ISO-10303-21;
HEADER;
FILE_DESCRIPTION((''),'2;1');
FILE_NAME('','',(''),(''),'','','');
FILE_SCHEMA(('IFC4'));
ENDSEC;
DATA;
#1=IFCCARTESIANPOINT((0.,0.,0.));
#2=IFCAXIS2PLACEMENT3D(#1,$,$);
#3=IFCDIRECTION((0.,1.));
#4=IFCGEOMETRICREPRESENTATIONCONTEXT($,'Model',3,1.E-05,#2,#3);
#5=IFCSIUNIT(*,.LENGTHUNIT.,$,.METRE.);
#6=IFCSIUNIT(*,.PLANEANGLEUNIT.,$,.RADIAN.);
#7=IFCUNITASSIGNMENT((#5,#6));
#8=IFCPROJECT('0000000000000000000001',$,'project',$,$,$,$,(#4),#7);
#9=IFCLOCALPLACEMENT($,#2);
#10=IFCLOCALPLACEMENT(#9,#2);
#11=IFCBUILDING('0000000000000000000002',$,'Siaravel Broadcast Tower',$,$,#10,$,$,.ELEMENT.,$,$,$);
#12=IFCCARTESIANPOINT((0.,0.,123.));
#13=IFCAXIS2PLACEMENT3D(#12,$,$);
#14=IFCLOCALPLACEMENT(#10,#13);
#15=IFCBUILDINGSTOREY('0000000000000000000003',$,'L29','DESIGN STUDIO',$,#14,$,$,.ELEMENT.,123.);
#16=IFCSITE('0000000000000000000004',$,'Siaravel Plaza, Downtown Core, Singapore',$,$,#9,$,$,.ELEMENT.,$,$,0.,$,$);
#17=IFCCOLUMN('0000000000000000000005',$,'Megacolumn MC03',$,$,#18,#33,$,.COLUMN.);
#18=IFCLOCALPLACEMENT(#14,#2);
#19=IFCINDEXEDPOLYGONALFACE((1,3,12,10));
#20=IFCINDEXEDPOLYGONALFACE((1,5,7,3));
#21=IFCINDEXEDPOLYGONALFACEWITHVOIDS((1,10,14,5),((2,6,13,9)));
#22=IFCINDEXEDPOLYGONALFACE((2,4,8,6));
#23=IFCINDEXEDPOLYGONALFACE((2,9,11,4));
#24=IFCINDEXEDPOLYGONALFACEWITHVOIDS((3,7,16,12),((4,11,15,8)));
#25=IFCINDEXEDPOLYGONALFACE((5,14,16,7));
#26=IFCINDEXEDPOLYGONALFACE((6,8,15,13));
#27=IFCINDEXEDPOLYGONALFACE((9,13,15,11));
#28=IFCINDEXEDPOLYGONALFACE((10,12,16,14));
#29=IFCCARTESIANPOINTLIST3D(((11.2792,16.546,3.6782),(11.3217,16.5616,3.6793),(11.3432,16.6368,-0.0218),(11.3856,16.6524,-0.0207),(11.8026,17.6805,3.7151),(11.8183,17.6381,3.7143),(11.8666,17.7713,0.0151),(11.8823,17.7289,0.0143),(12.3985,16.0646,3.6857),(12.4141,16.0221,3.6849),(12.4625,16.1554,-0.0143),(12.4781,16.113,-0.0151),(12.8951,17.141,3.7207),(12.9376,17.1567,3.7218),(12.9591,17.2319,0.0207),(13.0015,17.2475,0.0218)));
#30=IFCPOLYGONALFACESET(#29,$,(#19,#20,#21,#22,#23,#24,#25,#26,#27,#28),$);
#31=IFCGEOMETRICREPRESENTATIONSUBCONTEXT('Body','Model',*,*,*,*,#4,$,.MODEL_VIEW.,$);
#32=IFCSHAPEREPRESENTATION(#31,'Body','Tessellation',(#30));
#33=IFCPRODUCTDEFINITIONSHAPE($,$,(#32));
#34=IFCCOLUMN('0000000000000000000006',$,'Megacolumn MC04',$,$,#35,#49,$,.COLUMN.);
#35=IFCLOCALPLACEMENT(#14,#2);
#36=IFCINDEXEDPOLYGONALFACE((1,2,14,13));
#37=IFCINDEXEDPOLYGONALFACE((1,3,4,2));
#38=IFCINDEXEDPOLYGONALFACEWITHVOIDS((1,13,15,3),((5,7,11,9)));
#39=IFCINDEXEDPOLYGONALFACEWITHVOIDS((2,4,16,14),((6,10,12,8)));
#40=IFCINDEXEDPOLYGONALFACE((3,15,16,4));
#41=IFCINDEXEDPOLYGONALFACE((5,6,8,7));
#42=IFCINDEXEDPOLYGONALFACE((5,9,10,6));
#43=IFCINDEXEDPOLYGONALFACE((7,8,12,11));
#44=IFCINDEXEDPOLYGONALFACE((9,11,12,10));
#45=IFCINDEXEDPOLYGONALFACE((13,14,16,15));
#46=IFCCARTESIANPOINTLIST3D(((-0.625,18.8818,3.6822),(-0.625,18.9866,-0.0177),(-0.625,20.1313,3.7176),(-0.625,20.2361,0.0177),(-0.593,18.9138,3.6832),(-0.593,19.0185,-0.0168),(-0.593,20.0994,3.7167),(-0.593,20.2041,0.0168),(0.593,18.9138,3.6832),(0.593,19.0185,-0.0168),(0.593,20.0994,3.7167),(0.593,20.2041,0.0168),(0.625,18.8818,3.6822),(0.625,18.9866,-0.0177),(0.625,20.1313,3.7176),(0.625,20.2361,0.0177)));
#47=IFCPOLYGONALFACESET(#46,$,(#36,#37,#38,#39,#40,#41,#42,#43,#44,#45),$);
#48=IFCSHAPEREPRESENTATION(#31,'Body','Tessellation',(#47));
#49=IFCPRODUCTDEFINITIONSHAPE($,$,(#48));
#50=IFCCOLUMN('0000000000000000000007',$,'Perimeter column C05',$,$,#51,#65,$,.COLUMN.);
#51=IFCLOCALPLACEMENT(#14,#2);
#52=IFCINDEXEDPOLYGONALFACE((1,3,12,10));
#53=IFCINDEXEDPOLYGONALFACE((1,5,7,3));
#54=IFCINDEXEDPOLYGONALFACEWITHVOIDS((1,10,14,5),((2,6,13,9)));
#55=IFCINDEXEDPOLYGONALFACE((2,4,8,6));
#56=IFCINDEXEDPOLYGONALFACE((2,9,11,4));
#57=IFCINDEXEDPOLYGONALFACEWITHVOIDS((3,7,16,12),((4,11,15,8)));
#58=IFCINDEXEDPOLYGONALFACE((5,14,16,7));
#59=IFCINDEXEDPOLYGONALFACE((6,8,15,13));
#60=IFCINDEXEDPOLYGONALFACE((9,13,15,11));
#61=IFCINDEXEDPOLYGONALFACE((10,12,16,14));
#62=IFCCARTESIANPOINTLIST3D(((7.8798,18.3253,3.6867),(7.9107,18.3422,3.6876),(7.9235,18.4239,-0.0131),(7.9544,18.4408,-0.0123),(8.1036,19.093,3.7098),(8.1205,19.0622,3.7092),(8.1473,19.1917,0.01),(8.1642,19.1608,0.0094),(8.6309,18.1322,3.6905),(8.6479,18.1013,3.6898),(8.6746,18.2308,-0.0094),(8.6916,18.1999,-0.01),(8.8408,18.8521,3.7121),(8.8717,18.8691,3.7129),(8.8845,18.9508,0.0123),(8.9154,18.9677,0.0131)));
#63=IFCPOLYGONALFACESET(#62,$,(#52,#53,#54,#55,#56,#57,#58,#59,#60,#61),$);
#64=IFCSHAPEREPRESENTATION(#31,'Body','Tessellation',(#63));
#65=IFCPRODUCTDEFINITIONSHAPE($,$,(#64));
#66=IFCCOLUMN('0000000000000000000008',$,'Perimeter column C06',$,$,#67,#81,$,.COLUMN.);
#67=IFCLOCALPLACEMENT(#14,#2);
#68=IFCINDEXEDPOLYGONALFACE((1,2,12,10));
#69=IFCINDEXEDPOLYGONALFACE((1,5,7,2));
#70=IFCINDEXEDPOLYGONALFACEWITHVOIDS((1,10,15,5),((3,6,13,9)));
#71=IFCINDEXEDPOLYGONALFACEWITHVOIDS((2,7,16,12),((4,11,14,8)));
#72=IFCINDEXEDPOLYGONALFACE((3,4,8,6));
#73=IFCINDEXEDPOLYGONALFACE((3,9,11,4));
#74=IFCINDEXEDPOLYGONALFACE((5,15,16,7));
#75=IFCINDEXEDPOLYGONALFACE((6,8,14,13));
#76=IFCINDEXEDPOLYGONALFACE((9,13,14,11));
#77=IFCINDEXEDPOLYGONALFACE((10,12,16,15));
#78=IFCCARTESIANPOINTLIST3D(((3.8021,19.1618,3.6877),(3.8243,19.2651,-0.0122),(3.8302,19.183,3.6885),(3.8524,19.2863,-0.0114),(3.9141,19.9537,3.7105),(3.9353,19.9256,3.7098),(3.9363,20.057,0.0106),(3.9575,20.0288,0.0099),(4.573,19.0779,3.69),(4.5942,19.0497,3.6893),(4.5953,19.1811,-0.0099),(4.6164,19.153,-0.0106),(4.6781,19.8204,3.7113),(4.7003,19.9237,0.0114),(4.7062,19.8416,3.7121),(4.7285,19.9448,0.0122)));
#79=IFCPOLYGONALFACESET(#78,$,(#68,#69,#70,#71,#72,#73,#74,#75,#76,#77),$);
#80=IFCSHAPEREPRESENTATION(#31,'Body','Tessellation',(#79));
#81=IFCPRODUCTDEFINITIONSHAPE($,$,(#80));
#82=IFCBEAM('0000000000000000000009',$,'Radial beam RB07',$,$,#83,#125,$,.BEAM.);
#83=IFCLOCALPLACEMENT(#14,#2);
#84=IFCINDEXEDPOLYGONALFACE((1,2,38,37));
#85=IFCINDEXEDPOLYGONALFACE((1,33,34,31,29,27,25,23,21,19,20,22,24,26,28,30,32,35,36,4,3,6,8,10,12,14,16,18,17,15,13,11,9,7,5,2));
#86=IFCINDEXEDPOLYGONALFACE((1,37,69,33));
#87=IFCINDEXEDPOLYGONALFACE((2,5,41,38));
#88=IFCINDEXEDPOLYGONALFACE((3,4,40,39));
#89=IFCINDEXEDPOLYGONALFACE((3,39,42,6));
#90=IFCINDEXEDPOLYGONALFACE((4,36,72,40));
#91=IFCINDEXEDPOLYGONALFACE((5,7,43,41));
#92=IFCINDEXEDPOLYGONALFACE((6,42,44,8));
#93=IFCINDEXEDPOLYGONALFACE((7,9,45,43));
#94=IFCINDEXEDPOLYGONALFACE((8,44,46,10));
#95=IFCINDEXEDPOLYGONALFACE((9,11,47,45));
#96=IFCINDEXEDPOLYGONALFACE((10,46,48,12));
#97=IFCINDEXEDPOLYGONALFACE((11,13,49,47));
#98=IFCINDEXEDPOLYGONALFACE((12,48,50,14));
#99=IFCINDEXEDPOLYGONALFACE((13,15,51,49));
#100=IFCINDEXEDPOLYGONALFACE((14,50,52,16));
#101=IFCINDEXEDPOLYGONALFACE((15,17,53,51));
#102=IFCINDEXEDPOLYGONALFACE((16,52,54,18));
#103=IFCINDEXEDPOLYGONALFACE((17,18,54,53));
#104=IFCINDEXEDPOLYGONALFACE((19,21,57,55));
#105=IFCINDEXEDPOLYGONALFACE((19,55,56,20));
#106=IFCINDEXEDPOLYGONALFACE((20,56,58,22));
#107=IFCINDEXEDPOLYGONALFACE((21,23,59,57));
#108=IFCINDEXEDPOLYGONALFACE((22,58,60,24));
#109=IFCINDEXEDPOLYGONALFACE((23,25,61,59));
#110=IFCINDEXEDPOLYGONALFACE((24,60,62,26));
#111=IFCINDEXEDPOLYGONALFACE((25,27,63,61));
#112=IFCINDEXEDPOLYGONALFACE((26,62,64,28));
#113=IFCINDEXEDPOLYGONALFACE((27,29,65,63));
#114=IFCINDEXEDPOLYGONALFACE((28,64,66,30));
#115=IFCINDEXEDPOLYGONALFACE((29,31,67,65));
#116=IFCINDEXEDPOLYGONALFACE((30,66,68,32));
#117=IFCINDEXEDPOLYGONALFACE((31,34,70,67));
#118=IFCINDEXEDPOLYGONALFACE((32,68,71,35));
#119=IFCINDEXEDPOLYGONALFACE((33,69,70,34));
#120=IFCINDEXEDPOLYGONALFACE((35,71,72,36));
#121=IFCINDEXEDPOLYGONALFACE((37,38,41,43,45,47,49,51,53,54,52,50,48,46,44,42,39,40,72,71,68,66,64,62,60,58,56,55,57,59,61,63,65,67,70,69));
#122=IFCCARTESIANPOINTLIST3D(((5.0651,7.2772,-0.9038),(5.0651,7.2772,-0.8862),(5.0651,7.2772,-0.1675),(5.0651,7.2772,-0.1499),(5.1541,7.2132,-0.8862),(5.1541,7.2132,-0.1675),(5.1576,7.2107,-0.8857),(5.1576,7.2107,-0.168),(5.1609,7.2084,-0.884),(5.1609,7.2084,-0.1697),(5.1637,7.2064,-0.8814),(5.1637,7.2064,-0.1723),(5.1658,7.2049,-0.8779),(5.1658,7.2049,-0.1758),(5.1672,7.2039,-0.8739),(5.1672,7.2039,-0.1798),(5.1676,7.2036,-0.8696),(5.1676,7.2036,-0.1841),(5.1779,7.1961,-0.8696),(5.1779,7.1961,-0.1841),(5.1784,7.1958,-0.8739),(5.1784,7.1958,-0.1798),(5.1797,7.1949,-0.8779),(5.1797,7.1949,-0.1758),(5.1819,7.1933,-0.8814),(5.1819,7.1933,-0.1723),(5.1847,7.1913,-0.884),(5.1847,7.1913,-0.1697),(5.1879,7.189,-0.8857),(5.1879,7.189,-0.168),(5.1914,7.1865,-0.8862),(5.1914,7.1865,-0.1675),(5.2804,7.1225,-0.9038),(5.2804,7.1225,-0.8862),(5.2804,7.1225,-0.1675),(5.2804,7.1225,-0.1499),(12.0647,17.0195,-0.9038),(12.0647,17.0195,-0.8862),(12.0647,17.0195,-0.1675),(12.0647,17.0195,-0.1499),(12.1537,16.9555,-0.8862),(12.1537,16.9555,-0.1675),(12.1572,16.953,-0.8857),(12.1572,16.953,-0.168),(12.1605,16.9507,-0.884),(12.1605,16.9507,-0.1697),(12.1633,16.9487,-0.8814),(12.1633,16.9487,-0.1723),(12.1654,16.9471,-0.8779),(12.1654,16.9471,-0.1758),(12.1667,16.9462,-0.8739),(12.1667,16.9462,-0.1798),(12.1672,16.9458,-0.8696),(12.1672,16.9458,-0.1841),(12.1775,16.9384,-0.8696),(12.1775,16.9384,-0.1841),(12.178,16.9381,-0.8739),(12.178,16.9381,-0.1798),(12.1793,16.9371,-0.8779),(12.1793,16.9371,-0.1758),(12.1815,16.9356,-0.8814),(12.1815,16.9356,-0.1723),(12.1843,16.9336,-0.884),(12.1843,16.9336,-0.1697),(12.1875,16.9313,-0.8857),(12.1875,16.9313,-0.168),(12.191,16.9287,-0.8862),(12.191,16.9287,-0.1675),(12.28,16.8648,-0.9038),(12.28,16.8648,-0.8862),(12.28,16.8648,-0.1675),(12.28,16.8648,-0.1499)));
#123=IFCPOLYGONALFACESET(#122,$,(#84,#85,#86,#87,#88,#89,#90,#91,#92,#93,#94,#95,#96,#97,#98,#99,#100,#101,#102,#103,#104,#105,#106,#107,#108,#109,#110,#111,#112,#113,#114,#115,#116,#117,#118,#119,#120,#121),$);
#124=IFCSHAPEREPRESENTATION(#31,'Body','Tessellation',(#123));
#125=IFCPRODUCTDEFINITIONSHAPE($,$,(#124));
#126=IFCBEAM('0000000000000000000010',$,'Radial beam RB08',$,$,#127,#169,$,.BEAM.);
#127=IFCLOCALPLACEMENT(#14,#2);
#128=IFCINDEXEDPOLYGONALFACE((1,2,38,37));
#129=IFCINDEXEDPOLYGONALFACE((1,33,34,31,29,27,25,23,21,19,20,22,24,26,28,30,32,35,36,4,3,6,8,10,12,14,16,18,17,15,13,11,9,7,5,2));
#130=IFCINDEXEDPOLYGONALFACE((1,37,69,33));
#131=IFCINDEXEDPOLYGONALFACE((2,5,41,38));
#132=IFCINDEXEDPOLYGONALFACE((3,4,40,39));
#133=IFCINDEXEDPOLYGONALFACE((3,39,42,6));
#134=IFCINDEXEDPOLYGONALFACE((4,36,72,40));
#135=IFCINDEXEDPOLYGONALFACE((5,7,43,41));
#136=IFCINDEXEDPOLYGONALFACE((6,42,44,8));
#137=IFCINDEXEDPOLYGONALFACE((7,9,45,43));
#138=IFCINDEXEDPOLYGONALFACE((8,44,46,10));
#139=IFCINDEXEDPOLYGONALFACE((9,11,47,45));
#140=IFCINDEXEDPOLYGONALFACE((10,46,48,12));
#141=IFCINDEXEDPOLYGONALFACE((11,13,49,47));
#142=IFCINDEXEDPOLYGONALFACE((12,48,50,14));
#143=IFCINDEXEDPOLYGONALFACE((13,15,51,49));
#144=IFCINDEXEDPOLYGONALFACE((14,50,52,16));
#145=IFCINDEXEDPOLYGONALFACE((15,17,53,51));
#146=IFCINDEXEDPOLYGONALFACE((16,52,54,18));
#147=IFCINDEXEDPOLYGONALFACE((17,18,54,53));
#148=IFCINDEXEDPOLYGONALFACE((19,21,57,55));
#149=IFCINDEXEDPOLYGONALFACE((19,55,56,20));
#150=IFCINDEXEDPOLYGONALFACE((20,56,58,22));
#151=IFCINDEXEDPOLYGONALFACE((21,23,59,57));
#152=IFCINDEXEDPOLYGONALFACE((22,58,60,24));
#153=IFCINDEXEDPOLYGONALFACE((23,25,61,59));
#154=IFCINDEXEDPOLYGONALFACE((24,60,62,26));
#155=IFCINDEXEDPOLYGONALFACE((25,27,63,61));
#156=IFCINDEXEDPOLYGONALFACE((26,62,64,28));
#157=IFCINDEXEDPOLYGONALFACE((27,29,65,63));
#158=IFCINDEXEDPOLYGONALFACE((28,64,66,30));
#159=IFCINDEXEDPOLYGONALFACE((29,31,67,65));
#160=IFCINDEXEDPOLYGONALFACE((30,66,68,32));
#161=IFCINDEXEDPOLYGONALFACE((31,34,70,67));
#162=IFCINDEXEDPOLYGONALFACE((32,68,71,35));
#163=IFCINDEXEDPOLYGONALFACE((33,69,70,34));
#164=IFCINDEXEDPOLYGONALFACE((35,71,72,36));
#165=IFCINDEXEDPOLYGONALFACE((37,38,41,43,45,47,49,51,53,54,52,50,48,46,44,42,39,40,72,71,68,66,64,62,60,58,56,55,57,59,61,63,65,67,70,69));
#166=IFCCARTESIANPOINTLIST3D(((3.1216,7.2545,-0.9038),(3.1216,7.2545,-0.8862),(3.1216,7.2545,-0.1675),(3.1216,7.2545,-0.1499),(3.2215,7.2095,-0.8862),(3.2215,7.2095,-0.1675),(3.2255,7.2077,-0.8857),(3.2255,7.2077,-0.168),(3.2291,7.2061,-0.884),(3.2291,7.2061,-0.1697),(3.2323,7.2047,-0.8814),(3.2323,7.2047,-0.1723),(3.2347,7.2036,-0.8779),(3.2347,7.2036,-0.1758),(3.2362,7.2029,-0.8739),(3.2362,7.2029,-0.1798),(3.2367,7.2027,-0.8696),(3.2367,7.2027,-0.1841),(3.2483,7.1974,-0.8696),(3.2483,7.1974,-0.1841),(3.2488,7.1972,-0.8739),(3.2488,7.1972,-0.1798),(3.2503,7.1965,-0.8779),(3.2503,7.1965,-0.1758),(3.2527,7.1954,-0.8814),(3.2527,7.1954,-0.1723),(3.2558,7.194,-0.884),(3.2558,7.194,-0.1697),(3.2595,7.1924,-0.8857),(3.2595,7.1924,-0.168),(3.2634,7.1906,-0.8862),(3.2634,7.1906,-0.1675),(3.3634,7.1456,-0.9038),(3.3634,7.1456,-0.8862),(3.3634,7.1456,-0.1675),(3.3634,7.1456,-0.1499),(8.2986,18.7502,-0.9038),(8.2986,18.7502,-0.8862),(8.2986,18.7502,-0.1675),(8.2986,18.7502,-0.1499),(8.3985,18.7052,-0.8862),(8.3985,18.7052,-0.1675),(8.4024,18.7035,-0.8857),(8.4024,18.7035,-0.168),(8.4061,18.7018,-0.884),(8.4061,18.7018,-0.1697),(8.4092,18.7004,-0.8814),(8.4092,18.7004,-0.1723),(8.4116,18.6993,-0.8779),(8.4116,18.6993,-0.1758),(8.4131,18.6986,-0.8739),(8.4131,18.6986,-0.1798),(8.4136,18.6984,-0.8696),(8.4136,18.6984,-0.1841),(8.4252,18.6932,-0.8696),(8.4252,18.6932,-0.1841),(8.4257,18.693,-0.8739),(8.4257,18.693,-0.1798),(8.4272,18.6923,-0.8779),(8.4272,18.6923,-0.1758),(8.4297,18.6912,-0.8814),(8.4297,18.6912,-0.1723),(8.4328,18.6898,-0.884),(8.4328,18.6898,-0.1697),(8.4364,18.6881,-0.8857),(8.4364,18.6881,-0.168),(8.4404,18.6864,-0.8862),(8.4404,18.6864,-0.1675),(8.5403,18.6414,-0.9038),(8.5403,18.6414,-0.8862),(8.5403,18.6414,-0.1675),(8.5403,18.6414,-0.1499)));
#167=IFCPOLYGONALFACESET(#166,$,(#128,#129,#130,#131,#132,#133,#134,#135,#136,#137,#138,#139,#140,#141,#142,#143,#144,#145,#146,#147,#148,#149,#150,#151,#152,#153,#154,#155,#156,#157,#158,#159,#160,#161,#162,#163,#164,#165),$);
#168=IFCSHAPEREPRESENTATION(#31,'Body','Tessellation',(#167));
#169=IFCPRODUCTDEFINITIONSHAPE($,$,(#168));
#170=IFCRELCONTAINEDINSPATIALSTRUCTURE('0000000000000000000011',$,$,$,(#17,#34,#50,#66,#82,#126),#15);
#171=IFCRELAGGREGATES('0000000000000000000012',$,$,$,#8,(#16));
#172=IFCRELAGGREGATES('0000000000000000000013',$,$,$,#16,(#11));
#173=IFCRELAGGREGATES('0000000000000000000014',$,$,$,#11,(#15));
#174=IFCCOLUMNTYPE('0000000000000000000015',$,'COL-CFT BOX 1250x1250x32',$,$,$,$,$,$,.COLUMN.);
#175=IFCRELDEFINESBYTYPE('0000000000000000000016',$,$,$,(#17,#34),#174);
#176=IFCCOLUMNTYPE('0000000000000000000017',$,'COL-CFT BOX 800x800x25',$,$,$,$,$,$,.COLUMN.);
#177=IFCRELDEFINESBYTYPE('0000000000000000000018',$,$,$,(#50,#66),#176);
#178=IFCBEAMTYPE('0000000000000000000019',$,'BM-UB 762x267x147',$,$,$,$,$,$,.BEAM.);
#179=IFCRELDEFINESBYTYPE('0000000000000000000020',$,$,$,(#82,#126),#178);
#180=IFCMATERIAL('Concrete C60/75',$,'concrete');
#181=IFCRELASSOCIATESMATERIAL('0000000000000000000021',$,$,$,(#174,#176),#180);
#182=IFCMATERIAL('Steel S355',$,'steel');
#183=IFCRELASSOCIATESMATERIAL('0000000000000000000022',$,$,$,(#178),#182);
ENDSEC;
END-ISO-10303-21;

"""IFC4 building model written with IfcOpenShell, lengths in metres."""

from ifc_helpers import new_model, si_unit, direction, frame, origin, origin_2d, place, context, subcontext, project, spatial, hollow_rectangle, i_section, extrude, material, material_profile, profile_set, type_object, element, save


model = new_model("IFC4")

# Units and contexts
model_context = context("Model", 3, precision=1e-05, world=origin(), true_north=direction((0.0, 1.0)))
body_context = subcontext(model_context, "Body", "Model", "MODEL_VIEW")
ifc_project = project(units=[si_unit("LENGTHUNIT", "METRE"), si_unit("PLANEANGLEUNIT", "RADIAN")], contexts=[model_context])

# Site, building, storey
site_placement = place(None, origin())
site = spatial("IfcSite", under=ifc_project, at=site_placement, Name="Siaravel Plaza, Downtown Core, Singapore", CompositionType="ELEMENT", RefElevation=0.0)
building_placement = place(site_placement, origin())
building = spatial("IfcBuilding", under=site, at=building_placement, Name="Siaravel Broadcast Tower", CompositionType="ELEMENT")
storey_placement = place(building_placement, frame((0.0, 0.0, 123.0)))
storey = spatial("IfcBuildingStorey", under=building, at=storey_placement, Name="L29", Description="DESIGN STUDIO", CompositionType="ELEMENT", Elevation=123.0)

# Columns
ifc_material_1 = material(Name="Concrete C60/75", Category="concrete")
ifc_material_profile_1 = material_profile(ifc_material_1, hollow_rectangle(XDim=1.25, YDim=1.25, WallThickness=0.032, at=origin_2d()))
ifc_profile_set_1 = profile_set([ifc_material_profile_1], Name="Concrete C60/75")
column_type_1 = type_object("IfcColumnType", Name="COL-CFT BOX 1250x1250x32", PredefinedType="COLUMN", material=ifc_profile_set_1)
column_1_placement = place(storey_placement, frame((12.1724, 16.9421, 0.0), z_axis=(-0.01728, -0.024535, 0.99955), x_axis=(0.907942, -0.41906, 0.00541)))
element("IfcColumn", 1, at=column_1_placement, inside=storey, type_object=column_type_1, Name="Megacolumn MC03", PredefinedType="COLUMN", context=body_context, shape_type="SweptSolid", body=[
    extrude(hollow_rectangle(XDim=1.25, YDim=1.25, WallThickness=0.032, at=origin_2d()), origin(), (0.0, 0.0, 1.0), 3.7017),
])
column_2_placement = place(storey_placement, frame((0.0, 19.6113, 0.0), z_axis=(0.0, -0.028296, 0.9996), x_axis=(1.0, 0.0, 0.0)))
element("IfcColumn", 2, at=column_2_placement, inside=storey, type_object=column_type_1, Name="Megacolumn MC04", PredefinedType="COLUMN", context=body_context, shape_type="SweptSolid", body=[
    extrude(hollow_rectangle(XDim=1.25, YDim=1.25, WallThickness=0.032, at=origin_2d()), origin(), (0.0, 0.0, 1.0), 3.7014),
])
ifc_material_profile_2 = material_profile(ifc_material_1, hollow_rectangle(XDim=0.8, YDim=0.8, WallThickness=0.0249, at=origin_2d()))
ifc_profile_set_2 = profile_set([ifc_material_profile_2], Name="Concrete C60/75")
column_type_2 = type_object("IfcColumnType", Name="COL-CFT BOX 800x800x25", PredefinedType="COLUMN", material=ifc_profile_set_2)
for number, where, z_axis, x_axis, name in (
    (3, (8.4194, 18.6958, 0.0), (-0.011806, -0.026647, 0.999575), (0.960009, -0.279942, 0.003876), "Perimeter column C05"),
    (4, (4.2764, 19.605, 0.0), (-0.006002, -0.0279, 0.999593), (0.99013, -0.140135, 0.002034), "Perimeter column C06"),
):
    element("IfcColumn", number, at=place(storey_placement, frame(where, z_axis=z_axis, x_axis=x_axis)), inside=storey, type_object=column_type_2, Name=name, PredefinedType="COLUMN", context=body_context, shape_type="SweptSolid", body=[
        extrude(hollow_rectangle(XDim=0.8, YDim=0.8, WallThickness=0.0249, at=origin_2d()), origin(), (0.0, 0.0, 1.0), 3.7014),
    ])

# Beams
ifc_material_2 = material(Name="Steel S355", Category="steel")
ifc_material_profile_3 = material_profile(ifc_material_2, i_section(OverallWidth=0.2651, OverallDepth=0.7539, WebThickness=0.0127, FlangeThickness=0.0176, FilletRadius=0.0166, at=origin_2d()))
ifc_profile_set_3 = profile_set([ifc_material_profile_3], Name="Steel S355")
beam_type = type_object("IfcBeamType", Name="BM-UB 762x267x147", PredefinedType="BEAM", material=ifc_profile_set_3)
beam_1_placement = place(storey_placement, frame((12.1724, 16.9421, -0.5269), z_axis=(-0.583488, -0.812121, 0.0), x_axis=(0.812121, -0.583488, 0.0)))
element("IfcBeam", 5, at=beam_1_placement, inside=storey, type_object=beam_type, Name="Radial beam RB07", PredefinedType="BEAM", context=body_context, shape_type="SweptSolid", body=[
    extrude(i_section(OverallWidth=0.2651, OverallDepth=0.7539, WebThickness=0.0127, FlangeThickness=0.0176, FilletRadius=0.0166, at=origin_2d()), origin(), (0.0, 0.0, 1.0), 11.9961),
])
beam_2_placement = place(storey_placement, frame((8.4194, 18.6958, -0.5269), z_axis=(-0.41062, -0.911807, 0.0), x_axis=(0.911807, -0.41062, 0.0)))
element("IfcBeam", 6, at=beam_2_placement, inside=storey, type_object=beam_type, Name="Radial beam RB08", PredefinedType="BEAM", context=body_context, shape_type="SweptSolid", body=[
    extrude(i_section(OverallWidth=0.2651, OverallDepth=0.7539, WebThickness=0.0127, FlangeThickness=0.0176, FilletRadius=0.0166, at=origin_2d()), origin(), (0.0, 0.0, 1.0), 12.6077),
])

save(model, "model.ifc")
